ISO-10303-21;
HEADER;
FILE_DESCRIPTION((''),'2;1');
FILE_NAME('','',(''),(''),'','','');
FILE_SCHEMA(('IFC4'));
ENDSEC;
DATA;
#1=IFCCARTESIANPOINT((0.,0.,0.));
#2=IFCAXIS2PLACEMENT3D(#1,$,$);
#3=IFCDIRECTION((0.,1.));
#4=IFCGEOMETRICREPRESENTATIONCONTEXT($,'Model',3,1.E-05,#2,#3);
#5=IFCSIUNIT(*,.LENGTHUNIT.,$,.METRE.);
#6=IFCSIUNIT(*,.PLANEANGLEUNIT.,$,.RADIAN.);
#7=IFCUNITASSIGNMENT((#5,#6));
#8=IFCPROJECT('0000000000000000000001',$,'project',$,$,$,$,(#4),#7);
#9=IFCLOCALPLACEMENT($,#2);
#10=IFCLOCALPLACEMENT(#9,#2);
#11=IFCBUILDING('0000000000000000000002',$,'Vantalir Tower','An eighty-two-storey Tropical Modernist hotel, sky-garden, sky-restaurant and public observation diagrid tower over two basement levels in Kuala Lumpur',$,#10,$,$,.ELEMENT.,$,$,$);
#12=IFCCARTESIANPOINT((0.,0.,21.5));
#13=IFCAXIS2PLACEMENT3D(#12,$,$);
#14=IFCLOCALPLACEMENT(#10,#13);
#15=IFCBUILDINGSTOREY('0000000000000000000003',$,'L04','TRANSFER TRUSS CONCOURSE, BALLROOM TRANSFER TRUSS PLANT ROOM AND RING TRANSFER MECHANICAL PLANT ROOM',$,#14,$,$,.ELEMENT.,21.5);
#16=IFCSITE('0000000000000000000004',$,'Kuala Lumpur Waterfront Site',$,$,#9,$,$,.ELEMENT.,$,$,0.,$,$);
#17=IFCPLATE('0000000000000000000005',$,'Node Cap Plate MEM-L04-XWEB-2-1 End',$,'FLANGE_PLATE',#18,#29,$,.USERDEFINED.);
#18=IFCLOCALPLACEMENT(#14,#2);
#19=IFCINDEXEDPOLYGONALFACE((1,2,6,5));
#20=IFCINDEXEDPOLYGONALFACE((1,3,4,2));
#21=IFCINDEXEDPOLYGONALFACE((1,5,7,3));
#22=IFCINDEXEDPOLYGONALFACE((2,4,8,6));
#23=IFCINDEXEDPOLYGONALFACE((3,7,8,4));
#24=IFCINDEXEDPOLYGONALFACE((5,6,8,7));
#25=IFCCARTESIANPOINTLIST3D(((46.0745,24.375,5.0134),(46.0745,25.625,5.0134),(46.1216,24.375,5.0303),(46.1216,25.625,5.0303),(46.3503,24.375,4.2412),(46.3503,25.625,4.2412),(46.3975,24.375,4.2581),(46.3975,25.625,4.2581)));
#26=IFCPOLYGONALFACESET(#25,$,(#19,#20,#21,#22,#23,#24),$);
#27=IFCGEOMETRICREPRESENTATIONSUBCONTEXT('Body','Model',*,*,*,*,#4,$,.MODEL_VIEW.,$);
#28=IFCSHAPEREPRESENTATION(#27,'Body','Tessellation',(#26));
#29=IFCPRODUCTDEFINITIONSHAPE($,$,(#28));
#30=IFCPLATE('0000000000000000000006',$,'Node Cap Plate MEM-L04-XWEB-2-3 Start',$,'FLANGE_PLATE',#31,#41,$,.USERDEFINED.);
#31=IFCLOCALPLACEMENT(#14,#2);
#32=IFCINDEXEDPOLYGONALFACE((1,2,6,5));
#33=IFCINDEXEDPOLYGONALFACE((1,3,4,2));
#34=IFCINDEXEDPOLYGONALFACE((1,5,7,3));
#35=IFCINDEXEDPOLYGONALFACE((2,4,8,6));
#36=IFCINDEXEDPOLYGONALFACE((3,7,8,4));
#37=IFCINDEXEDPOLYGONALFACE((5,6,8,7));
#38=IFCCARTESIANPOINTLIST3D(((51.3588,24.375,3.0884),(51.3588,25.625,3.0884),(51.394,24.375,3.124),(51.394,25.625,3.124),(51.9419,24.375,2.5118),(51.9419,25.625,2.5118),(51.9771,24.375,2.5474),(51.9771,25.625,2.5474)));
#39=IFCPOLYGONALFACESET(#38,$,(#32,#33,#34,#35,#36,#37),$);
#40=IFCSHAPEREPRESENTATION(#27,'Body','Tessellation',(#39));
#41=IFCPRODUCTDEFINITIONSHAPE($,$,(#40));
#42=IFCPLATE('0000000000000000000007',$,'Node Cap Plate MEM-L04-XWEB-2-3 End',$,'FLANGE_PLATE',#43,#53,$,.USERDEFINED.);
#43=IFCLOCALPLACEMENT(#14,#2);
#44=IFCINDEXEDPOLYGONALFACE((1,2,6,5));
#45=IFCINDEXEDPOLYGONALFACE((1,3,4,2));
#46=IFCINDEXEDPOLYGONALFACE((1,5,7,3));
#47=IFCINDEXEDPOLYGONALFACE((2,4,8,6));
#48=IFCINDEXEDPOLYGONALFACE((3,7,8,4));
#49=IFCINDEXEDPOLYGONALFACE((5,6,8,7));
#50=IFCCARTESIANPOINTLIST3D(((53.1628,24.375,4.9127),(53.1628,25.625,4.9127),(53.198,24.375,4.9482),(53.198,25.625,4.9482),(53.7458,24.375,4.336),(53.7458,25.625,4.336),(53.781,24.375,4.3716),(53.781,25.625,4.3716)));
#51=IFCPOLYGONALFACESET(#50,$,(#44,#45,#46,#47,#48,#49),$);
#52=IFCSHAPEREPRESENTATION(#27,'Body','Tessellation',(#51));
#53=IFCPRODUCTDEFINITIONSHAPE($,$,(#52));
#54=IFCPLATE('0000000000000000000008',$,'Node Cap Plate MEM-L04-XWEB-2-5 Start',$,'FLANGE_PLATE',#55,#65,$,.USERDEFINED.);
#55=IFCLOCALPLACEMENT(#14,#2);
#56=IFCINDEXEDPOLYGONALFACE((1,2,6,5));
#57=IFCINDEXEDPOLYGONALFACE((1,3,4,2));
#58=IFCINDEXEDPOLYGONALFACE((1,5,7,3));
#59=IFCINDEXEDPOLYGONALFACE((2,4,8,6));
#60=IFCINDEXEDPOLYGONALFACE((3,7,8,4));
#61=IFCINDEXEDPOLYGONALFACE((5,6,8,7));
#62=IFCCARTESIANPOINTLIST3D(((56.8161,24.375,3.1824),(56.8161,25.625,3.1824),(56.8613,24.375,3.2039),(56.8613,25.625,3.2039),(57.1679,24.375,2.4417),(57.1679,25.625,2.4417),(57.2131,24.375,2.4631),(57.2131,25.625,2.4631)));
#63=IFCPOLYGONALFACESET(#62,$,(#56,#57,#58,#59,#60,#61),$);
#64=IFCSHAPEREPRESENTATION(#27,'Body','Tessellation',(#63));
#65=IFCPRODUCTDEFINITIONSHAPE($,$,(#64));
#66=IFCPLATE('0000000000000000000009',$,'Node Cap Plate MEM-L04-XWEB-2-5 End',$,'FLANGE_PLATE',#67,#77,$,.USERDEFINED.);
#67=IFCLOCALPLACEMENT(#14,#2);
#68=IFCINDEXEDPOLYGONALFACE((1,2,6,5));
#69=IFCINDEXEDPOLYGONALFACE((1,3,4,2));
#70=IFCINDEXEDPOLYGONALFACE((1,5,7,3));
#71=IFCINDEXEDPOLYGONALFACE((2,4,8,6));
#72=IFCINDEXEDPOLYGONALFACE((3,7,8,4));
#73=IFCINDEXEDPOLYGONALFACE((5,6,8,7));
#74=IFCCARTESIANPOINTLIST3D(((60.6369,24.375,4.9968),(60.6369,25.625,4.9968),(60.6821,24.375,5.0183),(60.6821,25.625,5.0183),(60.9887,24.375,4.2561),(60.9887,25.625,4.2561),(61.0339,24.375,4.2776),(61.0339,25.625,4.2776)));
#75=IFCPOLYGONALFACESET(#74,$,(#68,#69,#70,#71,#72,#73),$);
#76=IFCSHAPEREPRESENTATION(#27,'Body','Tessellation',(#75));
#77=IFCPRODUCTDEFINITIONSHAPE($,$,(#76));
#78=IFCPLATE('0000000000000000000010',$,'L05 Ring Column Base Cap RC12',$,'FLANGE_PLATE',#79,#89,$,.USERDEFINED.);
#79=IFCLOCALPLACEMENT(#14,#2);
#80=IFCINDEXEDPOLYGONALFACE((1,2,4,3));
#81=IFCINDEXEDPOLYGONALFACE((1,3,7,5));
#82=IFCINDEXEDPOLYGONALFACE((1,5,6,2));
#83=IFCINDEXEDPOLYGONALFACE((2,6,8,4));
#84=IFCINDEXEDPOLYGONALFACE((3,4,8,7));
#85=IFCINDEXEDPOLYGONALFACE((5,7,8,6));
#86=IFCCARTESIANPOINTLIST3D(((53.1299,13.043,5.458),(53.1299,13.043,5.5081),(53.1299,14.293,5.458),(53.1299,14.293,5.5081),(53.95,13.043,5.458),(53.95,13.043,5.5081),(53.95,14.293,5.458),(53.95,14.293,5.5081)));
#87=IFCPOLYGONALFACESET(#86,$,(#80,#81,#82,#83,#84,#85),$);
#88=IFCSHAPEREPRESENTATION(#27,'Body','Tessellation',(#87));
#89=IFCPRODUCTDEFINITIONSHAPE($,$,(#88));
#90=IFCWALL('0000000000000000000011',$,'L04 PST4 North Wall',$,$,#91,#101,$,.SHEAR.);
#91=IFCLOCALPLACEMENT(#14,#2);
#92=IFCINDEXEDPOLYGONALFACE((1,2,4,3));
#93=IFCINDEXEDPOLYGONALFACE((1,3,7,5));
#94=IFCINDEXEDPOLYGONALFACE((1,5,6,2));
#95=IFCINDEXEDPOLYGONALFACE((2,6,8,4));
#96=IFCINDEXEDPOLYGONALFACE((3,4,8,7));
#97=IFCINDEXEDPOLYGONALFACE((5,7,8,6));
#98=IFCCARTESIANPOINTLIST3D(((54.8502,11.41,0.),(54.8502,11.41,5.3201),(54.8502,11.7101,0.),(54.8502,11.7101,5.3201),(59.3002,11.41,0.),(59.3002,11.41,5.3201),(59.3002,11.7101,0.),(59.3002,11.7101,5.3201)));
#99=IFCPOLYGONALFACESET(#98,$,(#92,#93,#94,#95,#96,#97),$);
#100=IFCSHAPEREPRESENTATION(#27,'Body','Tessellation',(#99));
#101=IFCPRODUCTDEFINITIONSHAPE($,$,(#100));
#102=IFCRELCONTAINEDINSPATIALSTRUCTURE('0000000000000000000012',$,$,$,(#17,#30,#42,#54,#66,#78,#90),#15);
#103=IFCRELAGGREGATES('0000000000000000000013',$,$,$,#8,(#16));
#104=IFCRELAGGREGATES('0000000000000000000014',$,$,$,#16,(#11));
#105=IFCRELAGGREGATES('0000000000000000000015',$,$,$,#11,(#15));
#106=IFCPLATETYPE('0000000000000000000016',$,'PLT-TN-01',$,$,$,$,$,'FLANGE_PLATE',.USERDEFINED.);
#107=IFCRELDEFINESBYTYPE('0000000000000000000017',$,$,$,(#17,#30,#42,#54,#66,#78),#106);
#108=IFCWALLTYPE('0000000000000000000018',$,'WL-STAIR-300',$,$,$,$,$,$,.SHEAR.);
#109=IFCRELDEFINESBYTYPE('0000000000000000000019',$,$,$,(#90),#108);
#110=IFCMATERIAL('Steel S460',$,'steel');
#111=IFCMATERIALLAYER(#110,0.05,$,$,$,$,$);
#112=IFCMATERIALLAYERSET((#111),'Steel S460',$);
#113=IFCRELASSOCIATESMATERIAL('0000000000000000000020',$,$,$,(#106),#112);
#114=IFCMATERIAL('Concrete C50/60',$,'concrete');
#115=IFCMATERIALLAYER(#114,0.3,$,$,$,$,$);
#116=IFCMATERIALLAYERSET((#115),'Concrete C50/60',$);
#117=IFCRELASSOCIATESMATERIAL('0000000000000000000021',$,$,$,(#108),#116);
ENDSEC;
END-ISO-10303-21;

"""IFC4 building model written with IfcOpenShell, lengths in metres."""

from ifc_helpers import new_model, si_unit, direction, frame, frame_2d, origin, place, context, subcontext, project, spatial, polyline, rectangle, outline, extrude, material, layer, layer_set, type_object, element, save


model = new_model("IFC4")

# Units and contexts
model_context = context("Model", 3, precision=1e-05, world=origin(), true_north=direction((0.0, 1.0)))
body_context = subcontext(model_context, "Body", "Model", "MODEL_VIEW")
ifc_project = project(units=[si_unit("LENGTHUNIT", "METRE"), si_unit("PLANEANGLEUNIT", "RADIAN")], contexts=[model_context])

# Site, building, storey
site_placement = place(None, origin())
site = spatial("IfcSite", under=ifc_project, at=site_placement, Name="Kuala Lumpur Waterfront Site", CompositionType="ELEMENT", RefElevation=0.0)
building_placement = place(site_placement, origin())
building = spatial("IfcBuilding", under=site, at=building_placement, Name="Vantalir Tower", Description="An eighty-two-storey Tropical Modernist hotel, sky-garden, sky-restaurant and public observation diagrid tower over two basement levels in Kuala Lumpur", CompositionType="ELEMENT")
storey_placement = place(building_placement, frame((0.0, 0.0, 21.5)))
storey = spatial("IfcBuildingStorey", under=building, at=storey_placement, Name="L04", Description="TRANSFER TRUSS CONCOURSE, BALLROOM TRANSFER TRUSS PLANT ROOM AND RING TRANSFER MECHANICAL PLANT ROOM", CompositionType="ELEMENT", Elevation=21.5)

# Shared definitions
ifc_material_1 = material(Name="Concrete C50/60", Category="concrete")

# Shared definitions
ifc_material_2 = material(Name="Steel S460", Category="steel")

# Plates
ifc_layer_1 = layer(ifc_material_2, 0.05)
ifc_layer_set_1 = layer_set([ifc_layer_1], Name="Steel S460")
plate_type = type_object("IfcPlateType", Name="PLT-TN-01", ElementType="FLANGE_PLATE", PredefinedType="USERDEFINED", material=ifc_layer_set_1)
plate_1_placement = place(storey_placement, frame((46.3975, 24.375, 4.2581), z_axis=(0.941708, 0.0, 0.336431), x_axis=(0.0, 1.0, 0.0)))
element("IfcPlate", 1, at=plate_1_placement, inside=storey, type_object=plate_type, Name="Node Cap Plate MEM-L04-XWEB-2-1 End", ObjectType="FLANGE_PLATE", PredefinedType="USERDEFINED", context=body_context, shape_type="SweptSolid", body=[
    extrude(outline(polyline([(0.0, 0.0), (1.25, 0.0), (1.25, 0.82), (0.0, 0.82), (0.0, 0.0)])), origin(), (0.0, 0.0, -1.0), 0.05),
])
for number, where, z_axis, x_axis, name in (
    (2, (51.9771, 24.375, 2.5474), (0.703226, 0.0, 0.710967), (0.0, 1.0, 0.0), "Node Cap Plate MEM-L04-XWEB-2-3 Start"),
    (3, (53.781, 24.375, 4.3716), (0.703226, 0.0, 0.710967), (0.0, 1.0, 0.0), "Node Cap Plate MEM-L04-XWEB-2-3 End"),
):
    element("IfcPlate", number, at=place(storey_placement, frame(where, z_axis=z_axis, x_axis=x_axis)), inside=storey, type_object=plate_type, Name=name, ObjectType="FLANGE_PLATE", PredefinedType="USERDEFINED", context=body_context, shape_type="SweptSolid", body=[
        extrude(outline(polyline([(0.0, 0.0), (1.25, 0.0), (1.25, 0.82), (0.0, 0.82), (0.0, 0.0)])), origin(), (0.0, 0.0, -1.0), 0.05),
    ])
for number, where, z_axis, x_axis, name in (
    (4, (57.2131, 24.375, 2.4631), (0.903295, 0.0, 0.42902), (0.0, 1.0, 0.0), "Node Cap Plate MEM-L04-XWEB-2-5 Start"),
    (5, (61.0339, 24.375, 4.2776), (0.903295, 0.0, 0.42902), (0.0, 1.0, 0.0), "Node Cap Plate MEM-L04-XWEB-2-5 End"),
):
    element("IfcPlate", number, at=place(storey_placement, frame(where, z_axis=z_axis, x_axis=x_axis)), inside=storey, type_object=plate_type, Name=name, ObjectType="FLANGE_PLATE", PredefinedType="USERDEFINED", context=body_context, shape_type="SweptSolid", body=[
        extrude(outline(polyline([(0.0, 0.0), (1.25, 0.0), (1.25, 0.82), (0.0, 0.82), (0.0, 0.0)])), origin(), (0.0, 0.0, -1.0), 0.05),
    ])
plate_2_placement = place(storey_placement, frame((53.1299, 14.293, 5.5081), z_axis=(0.0, 0.0, 1.0), x_axis=(0.0, -1.0, 0.0)))
element("IfcPlate", 6, at=plate_2_placement, inside=storey, type_object=plate_type, Name="L05 Ring Column Base Cap RC12", ObjectType="FLANGE_PLATE", PredefinedType="USERDEFINED", context=body_context, shape_type="SweptSolid", body=[
    extrude(outline(polyline([(0.0, 0.0), (1.25, 0.0), (1.25, 0.8201), (0.0, 0.8201), (0.0, 0.0)])), origin(), (0.0, 0.0, -1.0), 0.05),
])

# Wall
ifc_layer_2 = layer(ifc_material_1, 0.3)
ifc_layer_set_2 = layer_set([ifc_layer_2], Name="Concrete C50/60")
wall_type = type_object("IfcWallType", Name="WL-STAIR-300", PredefinedType="SHEAR", material=ifc_layer_set_2)
wall_placement = place(storey_placement, frame((54.8501, 11.5601, 0.0), z_axis=(0.0, 0.0, 1.0), x_axis=(1.0, 0.0, 0.0)))
element("IfcWall", 7, at=wall_placement, inside=storey, type_object=wall_type, Name="L04 PST4 North Wall", PredefinedType="SHEAR", context=body_context, shape_type="SweptSolid", body=[
    extrude(rectangle(XDim=4.45, YDim=0.3, at=frame_2d((2.2251, 0.0))), origin(), (0.0, 0.0, 1.0), 5.3201),
])

save(model, "model.ifc")
